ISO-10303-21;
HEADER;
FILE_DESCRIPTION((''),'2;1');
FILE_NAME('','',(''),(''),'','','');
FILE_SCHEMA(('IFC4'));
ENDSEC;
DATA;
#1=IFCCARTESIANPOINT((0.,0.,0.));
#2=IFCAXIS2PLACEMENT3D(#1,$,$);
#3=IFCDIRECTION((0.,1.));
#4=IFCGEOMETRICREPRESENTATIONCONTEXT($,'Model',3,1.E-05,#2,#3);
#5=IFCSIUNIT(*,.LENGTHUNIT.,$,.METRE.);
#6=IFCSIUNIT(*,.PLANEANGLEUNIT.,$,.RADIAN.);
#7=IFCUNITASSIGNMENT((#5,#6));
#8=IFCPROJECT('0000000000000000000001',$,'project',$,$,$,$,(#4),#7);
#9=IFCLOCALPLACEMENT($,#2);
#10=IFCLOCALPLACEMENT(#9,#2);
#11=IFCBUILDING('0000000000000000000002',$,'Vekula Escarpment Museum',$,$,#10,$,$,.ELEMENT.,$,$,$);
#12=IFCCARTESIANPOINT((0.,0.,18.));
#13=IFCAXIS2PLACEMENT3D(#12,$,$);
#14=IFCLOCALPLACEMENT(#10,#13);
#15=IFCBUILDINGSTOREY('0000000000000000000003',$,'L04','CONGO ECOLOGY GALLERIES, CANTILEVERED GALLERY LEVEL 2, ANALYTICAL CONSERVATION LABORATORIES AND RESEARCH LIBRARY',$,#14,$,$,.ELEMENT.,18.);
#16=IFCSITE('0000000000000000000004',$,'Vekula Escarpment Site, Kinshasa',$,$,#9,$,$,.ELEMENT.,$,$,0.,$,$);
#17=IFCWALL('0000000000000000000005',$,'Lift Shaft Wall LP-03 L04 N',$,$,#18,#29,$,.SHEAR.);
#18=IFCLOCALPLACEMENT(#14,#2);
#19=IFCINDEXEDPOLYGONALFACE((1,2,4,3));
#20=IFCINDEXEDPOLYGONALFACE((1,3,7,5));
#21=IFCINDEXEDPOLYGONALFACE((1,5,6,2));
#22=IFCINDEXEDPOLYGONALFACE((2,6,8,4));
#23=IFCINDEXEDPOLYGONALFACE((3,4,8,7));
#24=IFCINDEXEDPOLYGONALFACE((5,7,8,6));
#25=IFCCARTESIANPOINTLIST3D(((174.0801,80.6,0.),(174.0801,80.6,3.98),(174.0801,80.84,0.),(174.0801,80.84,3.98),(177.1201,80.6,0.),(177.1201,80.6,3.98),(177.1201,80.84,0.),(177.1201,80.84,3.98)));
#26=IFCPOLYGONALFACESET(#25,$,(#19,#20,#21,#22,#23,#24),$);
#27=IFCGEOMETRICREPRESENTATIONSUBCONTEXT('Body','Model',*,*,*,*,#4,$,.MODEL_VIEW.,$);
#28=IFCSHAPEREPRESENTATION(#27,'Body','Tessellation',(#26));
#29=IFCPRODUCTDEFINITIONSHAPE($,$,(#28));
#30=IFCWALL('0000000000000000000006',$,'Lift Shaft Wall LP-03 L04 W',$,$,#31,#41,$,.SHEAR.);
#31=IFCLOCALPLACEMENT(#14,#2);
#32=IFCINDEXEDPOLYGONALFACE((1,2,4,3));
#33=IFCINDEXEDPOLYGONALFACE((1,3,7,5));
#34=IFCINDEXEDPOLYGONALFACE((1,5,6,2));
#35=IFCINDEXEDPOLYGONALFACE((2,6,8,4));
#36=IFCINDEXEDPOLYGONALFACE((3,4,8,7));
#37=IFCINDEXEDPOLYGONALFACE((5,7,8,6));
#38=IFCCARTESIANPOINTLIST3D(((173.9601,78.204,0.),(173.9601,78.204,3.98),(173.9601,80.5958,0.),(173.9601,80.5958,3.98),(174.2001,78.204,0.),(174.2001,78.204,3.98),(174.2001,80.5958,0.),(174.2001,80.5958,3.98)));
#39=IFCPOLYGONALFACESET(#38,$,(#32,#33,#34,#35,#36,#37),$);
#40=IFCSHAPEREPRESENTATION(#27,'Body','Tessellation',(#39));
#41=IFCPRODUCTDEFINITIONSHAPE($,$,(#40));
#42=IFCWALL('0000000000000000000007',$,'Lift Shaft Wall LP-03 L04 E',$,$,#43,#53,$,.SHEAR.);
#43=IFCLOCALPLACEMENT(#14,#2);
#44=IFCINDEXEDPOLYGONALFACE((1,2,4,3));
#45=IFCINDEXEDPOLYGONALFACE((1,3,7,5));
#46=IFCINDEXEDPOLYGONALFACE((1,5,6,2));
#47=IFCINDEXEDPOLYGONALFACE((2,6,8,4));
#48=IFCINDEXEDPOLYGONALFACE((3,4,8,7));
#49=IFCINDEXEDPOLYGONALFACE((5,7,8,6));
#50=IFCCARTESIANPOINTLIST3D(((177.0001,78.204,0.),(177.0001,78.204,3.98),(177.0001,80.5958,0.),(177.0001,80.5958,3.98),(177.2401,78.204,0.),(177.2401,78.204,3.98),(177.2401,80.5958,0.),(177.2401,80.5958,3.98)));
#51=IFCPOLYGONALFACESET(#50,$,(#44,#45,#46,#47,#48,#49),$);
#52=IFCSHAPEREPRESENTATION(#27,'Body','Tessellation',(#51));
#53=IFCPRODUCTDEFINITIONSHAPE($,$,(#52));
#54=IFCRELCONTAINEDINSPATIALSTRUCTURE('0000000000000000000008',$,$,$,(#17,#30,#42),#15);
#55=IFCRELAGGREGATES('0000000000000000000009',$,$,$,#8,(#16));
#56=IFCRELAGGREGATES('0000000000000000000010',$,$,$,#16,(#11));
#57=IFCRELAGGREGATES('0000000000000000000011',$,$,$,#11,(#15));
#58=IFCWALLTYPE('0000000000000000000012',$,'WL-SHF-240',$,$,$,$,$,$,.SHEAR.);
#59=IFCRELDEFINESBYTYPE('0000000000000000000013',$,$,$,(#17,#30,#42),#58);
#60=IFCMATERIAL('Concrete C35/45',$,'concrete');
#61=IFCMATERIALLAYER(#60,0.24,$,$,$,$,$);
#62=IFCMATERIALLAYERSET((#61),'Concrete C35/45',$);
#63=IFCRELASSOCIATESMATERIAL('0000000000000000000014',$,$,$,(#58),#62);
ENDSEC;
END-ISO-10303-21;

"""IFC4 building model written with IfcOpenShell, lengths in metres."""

from ifc_helpers import new_model, si_unit, direction, frame, frame_2d, origin, place, context, subcontext, project, spatial, rectangle, extrude, material, layer, layer_set, type_object, element, save


model = new_model("IFC4")

# Units and contexts
model_context = context("Model", 3, precision=1e-05, world=origin(), true_north=direction((0.0, 1.0)))
body_context = subcontext(model_context, "Body", "Model", "MODEL_VIEW")
ifc_project = project(units=[si_unit("LENGTHUNIT", "METRE"), si_unit("PLANEANGLEUNIT", "RADIAN")], contexts=[model_context])

# Site, building, storey
site_placement = place(None, origin())
site = spatial("IfcSite", under=ifc_project, at=site_placement, Name="Vekula Escarpment Site, Kinshasa", CompositionType="ELEMENT", RefElevation=0.0)
building_placement = place(site_placement, origin())
building = spatial("IfcBuilding", under=site, at=building_placement, Name="Vekula Escarpment Museum", CompositionType="ELEMENT")
storey_placement = place(building_placement, frame((0.0, 0.0, 18.0)))
storey = spatial("IfcBuildingStorey", under=building, at=storey_placement, Name="L04", Description="CONGO ECOLOGY GALLERIES, CANTILEVERED GALLERY LEVEL 2, ANALYTICAL CONSERVATION LABORATORIES AND RESEARCH LIBRARY", CompositionType="ELEMENT", Elevation=18.0)

# Shared definitions
ifc_material_1 = material(Name="Concrete C35/45", Category="concrete")
ifc_layer_1 = layer(ifc_material_1, 0.24)
ifc_layer_set_1 = layer_set([ifc_layer_1], Name="Concrete C35/45")
wall_type_1 = type_object("IfcWallType", Name="WL-SHF-240", PredefinedType="SHEAR", material=ifc_layer_set_1)

# Walls
wall_1_placement = place(storey_placement, frame((174.0801, 80.72, 0.0), z_axis=(0.0, 0.0, 1.0), x_axis=(1.0, 0.0, 0.0)))
element("IfcWall", 1, at=wall_1_placement, inside=storey, type_object=wall_type_1, Name="Lift Shaft Wall LP-03 L04 N", PredefinedType="SHEAR", context=body_context, shape_type="SweptSolid", body=[
    extrude(rectangle(XDim=3.04, YDim=0.24, at=frame_2d((1.52, 0.0))), origin(), (0.0, 0.0, 1.0), 3.98),
])
for number, where, z_axis, x_axis, name in (
    (2, (174.0801, 78.2041, 0.0), (0.0, 0.0, 1.0), (0.0, 1.0, 0.0), "Lift Shaft Wall LP-03 L04 W"),
    (3, (177.1201, 78.2041, 0.0), (0.0, 0.0, 1.0), (0.0, 1.0, 0.0), "Lift Shaft Wall LP-03 L04 E"),
):
    element("IfcWall", number, at=place(storey_placement, frame(where, z_axis=z_axis, x_axis=x_axis)), inside=storey, type_object=wall_type_1, Name=name, PredefinedType="SHEAR", context=body_context, shape_type="SweptSolid", body=[
        extrude(rectangle(XDim=2.3918, YDim=0.24, at=frame_2d((1.1958, 0.0))), origin(), (0.0, 0.0, 1.0), 3.98),
    ])

save(model, "model.ifc")
